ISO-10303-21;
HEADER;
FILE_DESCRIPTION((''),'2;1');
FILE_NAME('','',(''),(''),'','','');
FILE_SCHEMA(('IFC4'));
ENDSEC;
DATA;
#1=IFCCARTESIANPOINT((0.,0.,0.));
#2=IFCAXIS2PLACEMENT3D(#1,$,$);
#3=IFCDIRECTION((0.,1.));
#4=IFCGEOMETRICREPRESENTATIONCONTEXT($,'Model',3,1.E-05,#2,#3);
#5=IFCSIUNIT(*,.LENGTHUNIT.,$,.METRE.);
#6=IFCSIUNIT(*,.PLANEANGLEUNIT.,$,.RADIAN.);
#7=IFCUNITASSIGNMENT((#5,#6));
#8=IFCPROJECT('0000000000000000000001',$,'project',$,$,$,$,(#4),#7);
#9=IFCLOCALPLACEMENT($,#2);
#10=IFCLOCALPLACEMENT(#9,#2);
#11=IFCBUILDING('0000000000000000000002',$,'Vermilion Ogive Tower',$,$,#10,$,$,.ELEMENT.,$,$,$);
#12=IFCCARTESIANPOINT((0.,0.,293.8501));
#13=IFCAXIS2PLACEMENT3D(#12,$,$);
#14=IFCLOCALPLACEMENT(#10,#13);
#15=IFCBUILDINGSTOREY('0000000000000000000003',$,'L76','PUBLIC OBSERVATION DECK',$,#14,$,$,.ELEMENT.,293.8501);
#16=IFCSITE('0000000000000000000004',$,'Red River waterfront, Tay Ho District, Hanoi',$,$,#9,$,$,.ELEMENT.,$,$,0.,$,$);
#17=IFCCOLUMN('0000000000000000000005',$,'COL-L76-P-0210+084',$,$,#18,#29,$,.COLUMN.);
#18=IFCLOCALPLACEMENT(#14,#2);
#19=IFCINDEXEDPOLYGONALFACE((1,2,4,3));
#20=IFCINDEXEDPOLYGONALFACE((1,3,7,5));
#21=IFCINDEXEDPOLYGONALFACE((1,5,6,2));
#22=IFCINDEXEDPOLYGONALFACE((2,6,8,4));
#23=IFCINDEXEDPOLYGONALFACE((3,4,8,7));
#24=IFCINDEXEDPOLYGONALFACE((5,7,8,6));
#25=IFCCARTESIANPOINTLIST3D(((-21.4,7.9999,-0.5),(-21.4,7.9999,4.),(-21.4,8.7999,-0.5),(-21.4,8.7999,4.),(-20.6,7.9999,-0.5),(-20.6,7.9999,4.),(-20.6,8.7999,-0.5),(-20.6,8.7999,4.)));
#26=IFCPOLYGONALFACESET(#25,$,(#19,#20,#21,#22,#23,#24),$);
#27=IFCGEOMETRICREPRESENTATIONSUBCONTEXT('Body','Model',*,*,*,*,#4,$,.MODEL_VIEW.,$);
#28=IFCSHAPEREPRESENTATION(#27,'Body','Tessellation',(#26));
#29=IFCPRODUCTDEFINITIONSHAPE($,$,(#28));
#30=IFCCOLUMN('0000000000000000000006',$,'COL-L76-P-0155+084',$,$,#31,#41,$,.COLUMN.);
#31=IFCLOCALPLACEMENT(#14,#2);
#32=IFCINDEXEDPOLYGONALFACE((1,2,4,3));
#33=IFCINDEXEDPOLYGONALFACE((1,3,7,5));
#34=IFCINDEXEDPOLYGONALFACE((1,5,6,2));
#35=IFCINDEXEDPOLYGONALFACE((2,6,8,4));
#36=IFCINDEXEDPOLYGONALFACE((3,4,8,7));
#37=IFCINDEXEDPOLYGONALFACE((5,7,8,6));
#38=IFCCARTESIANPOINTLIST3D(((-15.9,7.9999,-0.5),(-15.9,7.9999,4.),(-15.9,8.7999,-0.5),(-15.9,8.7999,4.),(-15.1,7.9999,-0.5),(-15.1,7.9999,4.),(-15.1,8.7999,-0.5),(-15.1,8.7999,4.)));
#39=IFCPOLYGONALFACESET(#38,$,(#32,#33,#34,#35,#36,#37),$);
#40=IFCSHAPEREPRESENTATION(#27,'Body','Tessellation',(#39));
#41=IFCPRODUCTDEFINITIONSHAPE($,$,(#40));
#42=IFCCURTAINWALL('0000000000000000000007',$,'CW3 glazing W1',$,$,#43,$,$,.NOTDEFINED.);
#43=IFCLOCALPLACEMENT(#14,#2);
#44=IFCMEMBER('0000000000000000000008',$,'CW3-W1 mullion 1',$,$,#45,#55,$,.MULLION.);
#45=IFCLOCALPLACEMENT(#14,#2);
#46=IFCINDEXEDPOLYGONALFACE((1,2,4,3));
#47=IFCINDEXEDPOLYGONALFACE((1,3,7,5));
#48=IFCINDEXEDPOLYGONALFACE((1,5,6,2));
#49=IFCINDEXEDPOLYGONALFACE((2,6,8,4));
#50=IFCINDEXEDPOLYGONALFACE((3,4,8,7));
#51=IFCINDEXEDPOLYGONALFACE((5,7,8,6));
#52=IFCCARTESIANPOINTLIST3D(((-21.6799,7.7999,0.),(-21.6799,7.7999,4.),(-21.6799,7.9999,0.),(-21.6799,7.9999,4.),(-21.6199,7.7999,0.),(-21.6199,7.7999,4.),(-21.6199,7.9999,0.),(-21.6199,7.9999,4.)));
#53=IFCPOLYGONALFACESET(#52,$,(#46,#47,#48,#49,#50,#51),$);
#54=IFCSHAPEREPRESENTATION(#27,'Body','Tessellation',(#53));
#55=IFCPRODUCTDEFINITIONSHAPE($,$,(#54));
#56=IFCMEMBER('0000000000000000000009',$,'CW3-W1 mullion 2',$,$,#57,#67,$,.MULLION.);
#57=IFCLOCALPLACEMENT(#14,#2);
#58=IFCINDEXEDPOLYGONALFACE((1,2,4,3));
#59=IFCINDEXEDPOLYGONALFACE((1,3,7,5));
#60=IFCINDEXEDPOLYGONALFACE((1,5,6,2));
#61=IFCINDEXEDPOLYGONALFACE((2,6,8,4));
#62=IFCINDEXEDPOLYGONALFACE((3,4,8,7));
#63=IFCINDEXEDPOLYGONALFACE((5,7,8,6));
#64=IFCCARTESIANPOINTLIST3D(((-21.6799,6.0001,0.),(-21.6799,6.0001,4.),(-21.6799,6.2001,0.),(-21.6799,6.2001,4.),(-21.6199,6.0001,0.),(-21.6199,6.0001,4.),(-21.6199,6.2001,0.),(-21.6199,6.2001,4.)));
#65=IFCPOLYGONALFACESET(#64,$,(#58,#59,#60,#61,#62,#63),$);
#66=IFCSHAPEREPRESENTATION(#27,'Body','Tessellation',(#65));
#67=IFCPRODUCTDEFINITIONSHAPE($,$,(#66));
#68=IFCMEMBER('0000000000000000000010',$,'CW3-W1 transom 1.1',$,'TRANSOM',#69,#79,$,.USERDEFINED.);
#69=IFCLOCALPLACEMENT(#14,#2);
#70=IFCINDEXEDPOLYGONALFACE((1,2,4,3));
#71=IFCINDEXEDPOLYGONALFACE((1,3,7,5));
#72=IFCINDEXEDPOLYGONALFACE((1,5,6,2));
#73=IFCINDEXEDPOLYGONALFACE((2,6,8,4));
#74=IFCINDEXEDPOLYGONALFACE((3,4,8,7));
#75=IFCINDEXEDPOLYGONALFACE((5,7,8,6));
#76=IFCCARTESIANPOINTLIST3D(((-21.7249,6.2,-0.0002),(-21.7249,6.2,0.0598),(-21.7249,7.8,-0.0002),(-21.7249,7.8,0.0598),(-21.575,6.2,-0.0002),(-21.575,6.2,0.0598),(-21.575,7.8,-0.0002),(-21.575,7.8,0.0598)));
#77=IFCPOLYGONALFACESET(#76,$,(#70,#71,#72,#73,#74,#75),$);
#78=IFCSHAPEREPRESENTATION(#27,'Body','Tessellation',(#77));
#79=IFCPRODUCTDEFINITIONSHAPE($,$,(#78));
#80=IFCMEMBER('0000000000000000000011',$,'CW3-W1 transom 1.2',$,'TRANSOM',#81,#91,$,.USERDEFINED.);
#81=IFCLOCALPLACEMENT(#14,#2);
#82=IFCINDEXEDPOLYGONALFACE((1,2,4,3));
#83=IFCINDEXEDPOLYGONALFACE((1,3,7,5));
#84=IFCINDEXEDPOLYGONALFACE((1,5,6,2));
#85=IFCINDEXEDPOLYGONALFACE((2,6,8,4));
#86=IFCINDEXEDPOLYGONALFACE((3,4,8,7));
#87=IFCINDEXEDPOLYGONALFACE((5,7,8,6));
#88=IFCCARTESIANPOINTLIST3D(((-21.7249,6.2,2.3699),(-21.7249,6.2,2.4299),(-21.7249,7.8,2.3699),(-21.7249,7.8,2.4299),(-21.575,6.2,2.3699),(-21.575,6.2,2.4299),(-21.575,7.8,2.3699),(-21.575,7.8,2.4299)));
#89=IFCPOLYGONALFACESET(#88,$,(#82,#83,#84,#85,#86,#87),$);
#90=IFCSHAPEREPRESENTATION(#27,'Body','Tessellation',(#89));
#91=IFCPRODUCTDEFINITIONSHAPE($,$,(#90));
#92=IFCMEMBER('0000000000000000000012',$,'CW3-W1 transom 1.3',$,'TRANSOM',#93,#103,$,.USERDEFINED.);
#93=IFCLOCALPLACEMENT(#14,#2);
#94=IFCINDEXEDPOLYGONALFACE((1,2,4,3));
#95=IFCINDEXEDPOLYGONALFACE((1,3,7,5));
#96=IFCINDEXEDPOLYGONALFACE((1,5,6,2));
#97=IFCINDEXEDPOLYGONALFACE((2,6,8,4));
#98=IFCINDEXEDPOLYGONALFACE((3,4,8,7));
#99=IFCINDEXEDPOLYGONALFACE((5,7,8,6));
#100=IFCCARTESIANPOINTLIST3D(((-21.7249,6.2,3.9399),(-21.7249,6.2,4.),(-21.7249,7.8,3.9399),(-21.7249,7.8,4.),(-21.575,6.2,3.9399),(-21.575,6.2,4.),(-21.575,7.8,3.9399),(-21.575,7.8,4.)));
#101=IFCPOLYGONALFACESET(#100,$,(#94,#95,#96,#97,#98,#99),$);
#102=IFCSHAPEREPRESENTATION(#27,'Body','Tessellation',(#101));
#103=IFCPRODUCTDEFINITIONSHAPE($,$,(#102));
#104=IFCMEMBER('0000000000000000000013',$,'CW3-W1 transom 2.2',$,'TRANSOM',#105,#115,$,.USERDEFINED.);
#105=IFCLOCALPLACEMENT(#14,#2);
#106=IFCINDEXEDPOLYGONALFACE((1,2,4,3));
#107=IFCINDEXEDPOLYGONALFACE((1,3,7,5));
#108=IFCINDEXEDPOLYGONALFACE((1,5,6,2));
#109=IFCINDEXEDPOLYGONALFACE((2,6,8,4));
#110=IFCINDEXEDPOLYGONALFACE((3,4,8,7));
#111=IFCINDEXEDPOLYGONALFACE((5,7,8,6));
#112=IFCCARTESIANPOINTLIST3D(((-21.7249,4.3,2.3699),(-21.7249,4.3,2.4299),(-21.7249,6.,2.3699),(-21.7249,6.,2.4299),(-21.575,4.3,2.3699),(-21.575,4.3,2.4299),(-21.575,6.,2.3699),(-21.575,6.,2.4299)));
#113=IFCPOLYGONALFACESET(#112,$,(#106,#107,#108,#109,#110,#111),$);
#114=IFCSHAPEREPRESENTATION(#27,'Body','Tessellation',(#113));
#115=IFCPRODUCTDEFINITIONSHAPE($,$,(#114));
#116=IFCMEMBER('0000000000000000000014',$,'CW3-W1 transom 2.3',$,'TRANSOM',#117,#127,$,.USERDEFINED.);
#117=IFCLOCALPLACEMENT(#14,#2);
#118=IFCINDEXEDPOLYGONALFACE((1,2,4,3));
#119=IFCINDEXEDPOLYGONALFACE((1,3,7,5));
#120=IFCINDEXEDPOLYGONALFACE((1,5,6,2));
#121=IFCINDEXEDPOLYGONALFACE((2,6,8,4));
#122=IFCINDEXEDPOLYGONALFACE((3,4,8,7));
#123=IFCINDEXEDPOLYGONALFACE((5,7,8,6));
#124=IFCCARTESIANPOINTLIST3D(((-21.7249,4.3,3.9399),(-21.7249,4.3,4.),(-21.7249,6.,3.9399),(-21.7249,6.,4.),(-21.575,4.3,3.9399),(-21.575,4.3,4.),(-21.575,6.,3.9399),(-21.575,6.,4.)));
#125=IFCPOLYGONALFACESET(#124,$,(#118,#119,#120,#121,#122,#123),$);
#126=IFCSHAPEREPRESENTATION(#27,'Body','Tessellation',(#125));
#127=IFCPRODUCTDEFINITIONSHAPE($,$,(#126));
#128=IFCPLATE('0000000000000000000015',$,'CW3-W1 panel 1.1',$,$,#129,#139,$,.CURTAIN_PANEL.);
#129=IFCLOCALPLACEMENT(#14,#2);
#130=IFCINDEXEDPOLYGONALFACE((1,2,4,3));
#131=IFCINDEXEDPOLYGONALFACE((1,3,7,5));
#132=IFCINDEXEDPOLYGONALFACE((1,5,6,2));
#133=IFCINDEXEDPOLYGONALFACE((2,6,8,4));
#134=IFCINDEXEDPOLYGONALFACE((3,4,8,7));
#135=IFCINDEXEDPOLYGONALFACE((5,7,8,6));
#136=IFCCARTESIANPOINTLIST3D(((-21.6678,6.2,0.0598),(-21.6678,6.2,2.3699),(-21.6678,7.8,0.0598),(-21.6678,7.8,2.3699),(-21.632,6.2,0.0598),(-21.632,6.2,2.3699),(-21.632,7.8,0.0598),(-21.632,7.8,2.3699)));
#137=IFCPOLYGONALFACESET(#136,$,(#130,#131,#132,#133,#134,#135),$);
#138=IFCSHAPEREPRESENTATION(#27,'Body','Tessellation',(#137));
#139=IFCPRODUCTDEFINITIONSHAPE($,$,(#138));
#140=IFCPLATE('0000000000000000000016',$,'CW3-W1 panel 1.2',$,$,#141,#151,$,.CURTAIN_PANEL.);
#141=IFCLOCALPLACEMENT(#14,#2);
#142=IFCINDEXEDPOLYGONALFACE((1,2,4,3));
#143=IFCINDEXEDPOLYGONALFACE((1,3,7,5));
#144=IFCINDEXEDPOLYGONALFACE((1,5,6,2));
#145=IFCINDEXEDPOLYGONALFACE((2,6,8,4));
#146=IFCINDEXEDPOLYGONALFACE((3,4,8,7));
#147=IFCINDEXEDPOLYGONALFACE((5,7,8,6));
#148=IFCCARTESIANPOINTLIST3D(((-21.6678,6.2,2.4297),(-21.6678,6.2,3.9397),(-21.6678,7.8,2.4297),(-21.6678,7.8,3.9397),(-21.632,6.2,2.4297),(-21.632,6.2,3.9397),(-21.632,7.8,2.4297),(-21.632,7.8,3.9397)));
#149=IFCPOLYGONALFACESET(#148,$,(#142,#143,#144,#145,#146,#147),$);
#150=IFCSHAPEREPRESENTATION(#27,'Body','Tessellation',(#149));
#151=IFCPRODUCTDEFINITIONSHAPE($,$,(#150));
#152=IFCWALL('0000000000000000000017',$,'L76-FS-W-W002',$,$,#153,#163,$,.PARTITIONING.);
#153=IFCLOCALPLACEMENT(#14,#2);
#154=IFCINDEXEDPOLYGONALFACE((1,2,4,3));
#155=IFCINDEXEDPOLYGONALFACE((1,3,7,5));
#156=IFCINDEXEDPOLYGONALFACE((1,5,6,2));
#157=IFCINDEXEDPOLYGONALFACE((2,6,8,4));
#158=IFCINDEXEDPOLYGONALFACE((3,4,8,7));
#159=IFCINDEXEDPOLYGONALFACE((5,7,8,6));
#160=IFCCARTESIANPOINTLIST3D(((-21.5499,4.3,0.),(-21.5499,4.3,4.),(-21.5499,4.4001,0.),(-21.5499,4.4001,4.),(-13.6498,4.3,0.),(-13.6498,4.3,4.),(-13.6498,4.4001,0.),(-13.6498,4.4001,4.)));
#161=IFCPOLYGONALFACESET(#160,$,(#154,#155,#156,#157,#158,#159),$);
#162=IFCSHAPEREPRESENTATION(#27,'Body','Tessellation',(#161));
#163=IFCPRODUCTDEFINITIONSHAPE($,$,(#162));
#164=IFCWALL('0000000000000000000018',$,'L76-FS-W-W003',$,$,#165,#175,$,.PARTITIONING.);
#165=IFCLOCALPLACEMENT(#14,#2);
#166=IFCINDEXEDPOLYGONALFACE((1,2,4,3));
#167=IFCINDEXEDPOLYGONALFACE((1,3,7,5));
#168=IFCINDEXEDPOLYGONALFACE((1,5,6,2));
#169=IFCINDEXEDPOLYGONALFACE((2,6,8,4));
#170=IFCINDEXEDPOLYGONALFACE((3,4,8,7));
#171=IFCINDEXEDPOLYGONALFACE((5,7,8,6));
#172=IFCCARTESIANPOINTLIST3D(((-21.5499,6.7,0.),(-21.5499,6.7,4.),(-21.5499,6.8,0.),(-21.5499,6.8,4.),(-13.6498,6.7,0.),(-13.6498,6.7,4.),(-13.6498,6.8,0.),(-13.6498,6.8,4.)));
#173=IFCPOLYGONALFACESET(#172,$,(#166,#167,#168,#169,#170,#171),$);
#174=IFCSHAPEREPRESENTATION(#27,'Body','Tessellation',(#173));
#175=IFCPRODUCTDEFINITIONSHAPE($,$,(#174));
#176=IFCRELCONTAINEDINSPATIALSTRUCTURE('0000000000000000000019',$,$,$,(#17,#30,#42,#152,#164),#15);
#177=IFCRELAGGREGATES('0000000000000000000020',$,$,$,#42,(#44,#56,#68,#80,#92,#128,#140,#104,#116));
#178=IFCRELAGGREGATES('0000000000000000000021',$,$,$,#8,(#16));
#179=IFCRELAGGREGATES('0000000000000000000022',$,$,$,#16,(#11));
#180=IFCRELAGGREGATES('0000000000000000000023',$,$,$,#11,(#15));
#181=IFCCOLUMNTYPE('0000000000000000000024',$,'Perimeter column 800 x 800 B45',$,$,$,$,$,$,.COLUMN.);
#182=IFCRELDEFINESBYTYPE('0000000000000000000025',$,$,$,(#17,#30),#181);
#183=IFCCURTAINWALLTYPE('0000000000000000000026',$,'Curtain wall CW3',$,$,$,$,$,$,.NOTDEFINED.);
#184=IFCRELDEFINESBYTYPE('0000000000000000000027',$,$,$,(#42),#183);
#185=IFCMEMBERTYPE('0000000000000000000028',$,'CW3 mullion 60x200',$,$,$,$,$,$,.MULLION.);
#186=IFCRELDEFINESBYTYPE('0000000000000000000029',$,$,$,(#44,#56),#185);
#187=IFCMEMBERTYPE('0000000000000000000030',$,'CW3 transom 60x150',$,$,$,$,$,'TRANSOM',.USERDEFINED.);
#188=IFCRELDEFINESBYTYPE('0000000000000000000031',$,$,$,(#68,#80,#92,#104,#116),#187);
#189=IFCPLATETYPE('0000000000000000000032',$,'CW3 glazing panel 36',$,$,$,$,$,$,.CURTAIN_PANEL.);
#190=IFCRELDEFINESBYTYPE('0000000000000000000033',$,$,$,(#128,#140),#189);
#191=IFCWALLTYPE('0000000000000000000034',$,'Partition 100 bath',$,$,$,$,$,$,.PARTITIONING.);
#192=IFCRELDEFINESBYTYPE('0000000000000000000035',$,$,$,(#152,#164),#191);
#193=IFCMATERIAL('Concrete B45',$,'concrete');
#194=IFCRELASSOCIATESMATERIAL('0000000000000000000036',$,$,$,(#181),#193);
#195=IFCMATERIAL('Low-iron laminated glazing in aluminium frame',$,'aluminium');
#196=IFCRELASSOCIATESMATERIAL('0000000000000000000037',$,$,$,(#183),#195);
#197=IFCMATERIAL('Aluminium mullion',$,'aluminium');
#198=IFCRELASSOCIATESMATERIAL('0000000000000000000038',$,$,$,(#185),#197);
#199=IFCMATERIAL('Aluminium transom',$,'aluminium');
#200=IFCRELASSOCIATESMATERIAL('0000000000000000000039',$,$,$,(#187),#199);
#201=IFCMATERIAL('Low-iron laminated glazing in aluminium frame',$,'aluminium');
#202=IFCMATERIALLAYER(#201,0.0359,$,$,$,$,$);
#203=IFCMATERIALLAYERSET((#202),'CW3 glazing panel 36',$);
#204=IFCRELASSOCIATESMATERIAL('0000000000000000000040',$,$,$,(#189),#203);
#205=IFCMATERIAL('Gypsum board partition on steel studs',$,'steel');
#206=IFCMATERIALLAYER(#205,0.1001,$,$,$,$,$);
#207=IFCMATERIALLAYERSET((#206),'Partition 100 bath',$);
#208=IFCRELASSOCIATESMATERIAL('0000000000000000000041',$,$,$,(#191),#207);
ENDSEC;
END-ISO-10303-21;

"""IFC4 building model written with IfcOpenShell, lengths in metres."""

from ifc_helpers import new_model, si_unit, direction, frame, frame_2d, origin, origin_2d, place, context, subcontext, project, spatial, rectangle, extrude, material, layer, layer_set, material_profile, profile_set, type_object, element, aggregate, save


model = new_model("IFC4")

# Units and contexts
model_context = context("Model", 3, precision=1e-05, world=origin(), true_north=direction((0.0, 1.0)))
body_context = subcontext(model_context, "Body", "Model", "MODEL_VIEW")
ifc_project = project(units=[si_unit("LENGTHUNIT", "METRE"), si_unit("PLANEANGLEUNIT", "RADIAN")], contexts=[model_context])

# Site, building, storey
site_placement = place(None, origin())
site = spatial("IfcSite", under=ifc_project, at=site_placement, Name="Red River waterfront, Tay Ho District, Hanoi", CompositionType="ELEMENT", RefElevation=0.0)
building_placement = place(site_placement, origin())
building = spatial("IfcBuilding", under=site, at=building_placement, Name="Vermilion Ogive Tower", CompositionType="ELEMENT")
storey_placement = place(building_placement, frame((0.0, 0.0, 293.8501)))
storey = spatial("IfcBuildingStorey", under=building, at=storey_placement, Name="L76", Description="PUBLIC OBSERVATION DECK", CompositionType="ELEMENT", Elevation=293.8501)

# Columns
ifc_material_1 = material(Name="Concrete B45", Category="concrete")
ifc_material_profile_1 = material_profile(ifc_material_1, rectangle(XDim=0.8, YDim=0.8, at=origin_2d()), Name="800 x 800")
ifc_profile_set_1 = profile_set([ifc_material_profile_1], Name="Concrete B45")
column_type = type_object("IfcColumnType", Name="Perimeter column 800 x 800 B45", PredefinedType="COLUMN", material=ifc_profile_set_1)
for number, where, z_axis, x_axis, name in (
    (1, (-21.0, 8.3999, -0.5), (0.0, 0.0, 1.0), (1.0, 0.0, 0.0), "COL-L76-P-0210+084"),
    (2, (-15.5, 8.3999, -0.5), (0.0, 0.0, 1.0), (1.0, 0.0, 0.0), "COL-L76-P-0155+084"),
):
    element("IfcColumn", number, at=place(storey_placement, frame(where, z_axis=z_axis, x_axis=x_axis)), inside=storey, type_object=column_type, Name=name, PredefinedType="COLUMN", context=body_context, shape_type="SweptSolid", body=[
        extrude(rectangle(XDim=0.8, YDim=0.8, at=origin_2d()), origin(), (0.0, 0.0, 1.0), 4.5),
    ])

# Curtain wall, members, plates
ifc_material_2 = material(Name="Low-iron laminated glazing in aluminium frame", Category="aluminium")
curtain_wall_type = type_object("IfcCurtainWallType", Name="Curtain wall CW3", PredefinedType="NOTDEFINED", material=ifc_material_2)
curtain_wall_placement = place(storey_placement, origin())
curtain_wall = element("IfcCurtainWall", 3, at=curtain_wall_placement, inside=storey, type_object=curtain_wall_type, Name="CW3 glazing W1", PredefinedType="NOTDEFINED")
ifc_material_3 = material(Name="Aluminium mullion", Category="aluminium")
ifc_material_profile_2 = material_profile(ifc_material_3, rectangle(XDim=0.0601, YDim=0.2, at=origin_2d()), Name="AL 60x200")
ifc_profile_set_2 = profile_set([ifc_material_profile_2], Name="Aluminium mullion")
member_type_1 = type_object("IfcMemberType", Name="CW3 mullion 60x200", PredefinedType="MULLION", material=ifc_profile_set_2)
member_1_placement = place(storey_placement, frame((-21.6499, 7.8999, 0.0), z_axis=(0.0, 0.0, 1.0), x_axis=(1.0, 0.0, 0.0)))
member_1 = element("IfcMember", 4, at=member_1_placement, type_object=member_type_1, Name="CW3-W1 mullion 1", PredefinedType="MULLION", context=body_context, shape_type="SweptSolid", body=[
    extrude(rectangle(XDim=0.0601, YDim=0.2, at=origin_2d()), origin(), (0.0, 0.0, 1.0), 4.0),
])
member_2_placement = place(storey_placement, frame((-21.6499, 6.1001, 0.0), z_axis=(0.0, 0.0, 1.0), x_axis=(1.0, 0.0, 0.0)))
member_2 = element("IfcMember", 5, at=member_2_placement, type_object=member_type_1, Name="CW3-W1 mullion 2", PredefinedType="MULLION", context=body_context, shape_type="SweptSolid", body=[
    extrude(rectangle(XDim=0.0601, YDim=0.2, at=origin_2d()), origin(), (0.0, 0.0, 1.0), 4.0),
])
ifc_material_4 = material(Name="Aluminium transom", Category="aluminium")
ifc_material_profile_3 = material_profile(ifc_material_4, rectangle(XDim=0.1499, YDim=0.0601, at=origin_2d()), Name="AL 60x150")
ifc_profile_set_3 = profile_set([ifc_material_profile_3], Name="Aluminium transom")
member_type_2 = type_object("IfcMemberType", Name="CW3 transom 60x150", ElementType="TRANSOM", PredefinedType="USERDEFINED", material=ifc_profile_set_3)
member_3_placement = place(storey_placement, frame((-21.6499, 7.8, 0.0298), z_axis=(0.0, -1.0, 0.0), x_axis=(1.0, 0.0, 0.0)))
member_3 = element("IfcMember", 6, at=member_3_placement, type_object=member_type_2, Name="CW3-W1 transom 1.1", ObjectType="TRANSOM", PredefinedType="USERDEFINED", context=body_context, shape_type="SweptSolid", body=[
    extrude(rectangle(XDim=0.1499, YDim=0.0601, at=origin_2d()), origin(), (0.0, 0.0, 1.0), 1.6001),
])
member_4_placement = place(storey_placement, frame((-21.6499, 7.8, 2.3999), z_axis=(0.0, -1.0, 0.0), x_axis=(1.0, 0.0, 0.0)))
member_4 = element("IfcMember", 7, at=member_4_placement, type_object=member_type_2, Name="CW3-W1 transom 1.2", ObjectType="TRANSOM", PredefinedType="USERDEFINED", context=body_context, shape_type="SweptSolid", body=[
    extrude(rectangle(XDim=0.1499, YDim=0.0601, at=origin_2d()), origin(), (0.0, 0.0, 1.0), 1.6001),
])
member_5_placement = place(storey_placement, frame((-21.6499, 7.8, 3.97), z_axis=(0.0, -1.0, 0.0), x_axis=(1.0, 0.0, 0.0)))
member_5 = element("IfcMember", 8, at=member_5_placement, type_object=member_type_2, Name="CW3-W1 transom 1.3", ObjectType="TRANSOM", PredefinedType="USERDEFINED", context=body_context, shape_type="SweptSolid", body=[
    extrude(rectangle(XDim=0.1499, YDim=0.0601, at=origin_2d()), origin(), (0.0, 0.0, 1.0), 1.6001),
])
member_6_placement = place(storey_placement, frame((-21.6499, 6.0, 2.3999), z_axis=(0.0, -1.0, 0.0), x_axis=(1.0, 0.0, 0.0)))
member_6 = element("IfcMember", 9, at=member_6_placement, type_object=member_type_2, Name="CW3-W1 transom 2.2", ObjectType="TRANSOM", PredefinedType="USERDEFINED", context=body_context, shape_type="SweptSolid", body=[
    extrude(rectangle(XDim=0.1499, YDim=0.0601, at=origin_2d()), origin(), (0.0, 0.0, 1.0), 1.7),
])
member_7_placement = place(storey_placement, frame((-21.6499, 6.0, 3.97), z_axis=(0.0, -1.0, 0.0), x_axis=(1.0, 0.0, 0.0)))
member_7 = element("IfcMember", 10, at=member_7_placement, type_object=member_type_2, Name="CW3-W1 transom 2.3", ObjectType="TRANSOM", PredefinedType="USERDEFINED", context=body_context, shape_type="SweptSolid", body=[
    extrude(rectangle(XDim=0.1499, YDim=0.0601, at=origin_2d()), origin(), (0.0, 0.0, 1.0), 1.7),
])
ifc_material_5 = material(Name="Low-iron laminated glazing in aluminium frame", Category="aluminium")
ifc_layer_1 = layer(ifc_material_5, 0.0359)
ifc_layer_set_1 = layer_set([ifc_layer_1], Name="CW3 glazing panel 36")
plate_type = type_object("IfcPlateType", Name="CW3 glazing panel 36", PredefinedType="CURTAIN_PANEL", material=ifc_layer_set_1)
plate_1_placement = place(storey_placement, frame((-21.6499, 7.0, 0.0598), z_axis=(0.0, 0.0, 1.0), x_axis=(0.0, -1.0, 0.0)))
plate_1 = element("IfcPlate", 11, at=plate_1_placement, type_object=plate_type, Name="CW3-W1 panel 1.1", PredefinedType="CURTAIN_PANEL", context=body_context, shape_type="SweptSolid", body=[
    extrude(rectangle(XDim=1.6001, YDim=0.0359, at=origin_2d()), origin(), (0.0, 0.0, 1.0), 2.3101),
])
plate_2_placement = place(storey_placement, frame((-21.6499, 7.0, 2.4297), z_axis=(0.0, 0.0, 1.0), x_axis=(0.0, -1.0, 0.0)))
plate_2 = element("IfcPlate", 12, at=plate_2_placement, type_object=plate_type, Name="CW3-W1 panel 1.2", PredefinedType="CURTAIN_PANEL", context=body_context, shape_type="SweptSolid", body=[
    extrude(rectangle(XDim=1.6001, YDim=0.0359, at=origin_2d()), origin(), (0.0, 0.0, 1.0), 1.51),
])
aggregate(curtain_wall, [member_1, member_2, member_3, member_4, member_5, plate_1, plate_2, member_6, member_7])

# Walls
ifc_material_6 = material(Name="Gypsum board partition on steel studs", Category="steel")
ifc_layer_2 = layer(ifc_material_6, 0.1001)
ifc_layer_set_2 = layer_set([ifc_layer_2], Name="Partition 100 bath")
wall_type_1 = type_object("IfcWallType", Name="Partition 100 bath", PredefinedType="PARTITIONING", material=ifc_layer_set_2)
for number, where, z_axis, x_axis, name in (
    (13, (-21.55, 4.3501, 0.0), (0.0, 0.0, 1.0), (1.0, 0.0, 0.0), "L76-FS-W-W002"),
    (14, (-21.55, 6.75, 0.0), (0.0, 0.0, 1.0), (1.0, 0.0, 0.0), "L76-FS-W-W003"),
):
    element("IfcWall", number, at=place(storey_placement, frame(where, z_axis=z_axis, x_axis=x_axis)), inside=storey, type_object=wall_type_1, Name=name, PredefinedType="PARTITIONING", context=body_context, shape_type="SweptSolid", body=[
        extrude(rectangle(XDim=7.9001, YDim=0.1001, at=frame_2d((3.9502, 0.0))), origin(), (0.0, 0.0, 1.0), 4.0),
    ])

save(model, "model.ifc")
